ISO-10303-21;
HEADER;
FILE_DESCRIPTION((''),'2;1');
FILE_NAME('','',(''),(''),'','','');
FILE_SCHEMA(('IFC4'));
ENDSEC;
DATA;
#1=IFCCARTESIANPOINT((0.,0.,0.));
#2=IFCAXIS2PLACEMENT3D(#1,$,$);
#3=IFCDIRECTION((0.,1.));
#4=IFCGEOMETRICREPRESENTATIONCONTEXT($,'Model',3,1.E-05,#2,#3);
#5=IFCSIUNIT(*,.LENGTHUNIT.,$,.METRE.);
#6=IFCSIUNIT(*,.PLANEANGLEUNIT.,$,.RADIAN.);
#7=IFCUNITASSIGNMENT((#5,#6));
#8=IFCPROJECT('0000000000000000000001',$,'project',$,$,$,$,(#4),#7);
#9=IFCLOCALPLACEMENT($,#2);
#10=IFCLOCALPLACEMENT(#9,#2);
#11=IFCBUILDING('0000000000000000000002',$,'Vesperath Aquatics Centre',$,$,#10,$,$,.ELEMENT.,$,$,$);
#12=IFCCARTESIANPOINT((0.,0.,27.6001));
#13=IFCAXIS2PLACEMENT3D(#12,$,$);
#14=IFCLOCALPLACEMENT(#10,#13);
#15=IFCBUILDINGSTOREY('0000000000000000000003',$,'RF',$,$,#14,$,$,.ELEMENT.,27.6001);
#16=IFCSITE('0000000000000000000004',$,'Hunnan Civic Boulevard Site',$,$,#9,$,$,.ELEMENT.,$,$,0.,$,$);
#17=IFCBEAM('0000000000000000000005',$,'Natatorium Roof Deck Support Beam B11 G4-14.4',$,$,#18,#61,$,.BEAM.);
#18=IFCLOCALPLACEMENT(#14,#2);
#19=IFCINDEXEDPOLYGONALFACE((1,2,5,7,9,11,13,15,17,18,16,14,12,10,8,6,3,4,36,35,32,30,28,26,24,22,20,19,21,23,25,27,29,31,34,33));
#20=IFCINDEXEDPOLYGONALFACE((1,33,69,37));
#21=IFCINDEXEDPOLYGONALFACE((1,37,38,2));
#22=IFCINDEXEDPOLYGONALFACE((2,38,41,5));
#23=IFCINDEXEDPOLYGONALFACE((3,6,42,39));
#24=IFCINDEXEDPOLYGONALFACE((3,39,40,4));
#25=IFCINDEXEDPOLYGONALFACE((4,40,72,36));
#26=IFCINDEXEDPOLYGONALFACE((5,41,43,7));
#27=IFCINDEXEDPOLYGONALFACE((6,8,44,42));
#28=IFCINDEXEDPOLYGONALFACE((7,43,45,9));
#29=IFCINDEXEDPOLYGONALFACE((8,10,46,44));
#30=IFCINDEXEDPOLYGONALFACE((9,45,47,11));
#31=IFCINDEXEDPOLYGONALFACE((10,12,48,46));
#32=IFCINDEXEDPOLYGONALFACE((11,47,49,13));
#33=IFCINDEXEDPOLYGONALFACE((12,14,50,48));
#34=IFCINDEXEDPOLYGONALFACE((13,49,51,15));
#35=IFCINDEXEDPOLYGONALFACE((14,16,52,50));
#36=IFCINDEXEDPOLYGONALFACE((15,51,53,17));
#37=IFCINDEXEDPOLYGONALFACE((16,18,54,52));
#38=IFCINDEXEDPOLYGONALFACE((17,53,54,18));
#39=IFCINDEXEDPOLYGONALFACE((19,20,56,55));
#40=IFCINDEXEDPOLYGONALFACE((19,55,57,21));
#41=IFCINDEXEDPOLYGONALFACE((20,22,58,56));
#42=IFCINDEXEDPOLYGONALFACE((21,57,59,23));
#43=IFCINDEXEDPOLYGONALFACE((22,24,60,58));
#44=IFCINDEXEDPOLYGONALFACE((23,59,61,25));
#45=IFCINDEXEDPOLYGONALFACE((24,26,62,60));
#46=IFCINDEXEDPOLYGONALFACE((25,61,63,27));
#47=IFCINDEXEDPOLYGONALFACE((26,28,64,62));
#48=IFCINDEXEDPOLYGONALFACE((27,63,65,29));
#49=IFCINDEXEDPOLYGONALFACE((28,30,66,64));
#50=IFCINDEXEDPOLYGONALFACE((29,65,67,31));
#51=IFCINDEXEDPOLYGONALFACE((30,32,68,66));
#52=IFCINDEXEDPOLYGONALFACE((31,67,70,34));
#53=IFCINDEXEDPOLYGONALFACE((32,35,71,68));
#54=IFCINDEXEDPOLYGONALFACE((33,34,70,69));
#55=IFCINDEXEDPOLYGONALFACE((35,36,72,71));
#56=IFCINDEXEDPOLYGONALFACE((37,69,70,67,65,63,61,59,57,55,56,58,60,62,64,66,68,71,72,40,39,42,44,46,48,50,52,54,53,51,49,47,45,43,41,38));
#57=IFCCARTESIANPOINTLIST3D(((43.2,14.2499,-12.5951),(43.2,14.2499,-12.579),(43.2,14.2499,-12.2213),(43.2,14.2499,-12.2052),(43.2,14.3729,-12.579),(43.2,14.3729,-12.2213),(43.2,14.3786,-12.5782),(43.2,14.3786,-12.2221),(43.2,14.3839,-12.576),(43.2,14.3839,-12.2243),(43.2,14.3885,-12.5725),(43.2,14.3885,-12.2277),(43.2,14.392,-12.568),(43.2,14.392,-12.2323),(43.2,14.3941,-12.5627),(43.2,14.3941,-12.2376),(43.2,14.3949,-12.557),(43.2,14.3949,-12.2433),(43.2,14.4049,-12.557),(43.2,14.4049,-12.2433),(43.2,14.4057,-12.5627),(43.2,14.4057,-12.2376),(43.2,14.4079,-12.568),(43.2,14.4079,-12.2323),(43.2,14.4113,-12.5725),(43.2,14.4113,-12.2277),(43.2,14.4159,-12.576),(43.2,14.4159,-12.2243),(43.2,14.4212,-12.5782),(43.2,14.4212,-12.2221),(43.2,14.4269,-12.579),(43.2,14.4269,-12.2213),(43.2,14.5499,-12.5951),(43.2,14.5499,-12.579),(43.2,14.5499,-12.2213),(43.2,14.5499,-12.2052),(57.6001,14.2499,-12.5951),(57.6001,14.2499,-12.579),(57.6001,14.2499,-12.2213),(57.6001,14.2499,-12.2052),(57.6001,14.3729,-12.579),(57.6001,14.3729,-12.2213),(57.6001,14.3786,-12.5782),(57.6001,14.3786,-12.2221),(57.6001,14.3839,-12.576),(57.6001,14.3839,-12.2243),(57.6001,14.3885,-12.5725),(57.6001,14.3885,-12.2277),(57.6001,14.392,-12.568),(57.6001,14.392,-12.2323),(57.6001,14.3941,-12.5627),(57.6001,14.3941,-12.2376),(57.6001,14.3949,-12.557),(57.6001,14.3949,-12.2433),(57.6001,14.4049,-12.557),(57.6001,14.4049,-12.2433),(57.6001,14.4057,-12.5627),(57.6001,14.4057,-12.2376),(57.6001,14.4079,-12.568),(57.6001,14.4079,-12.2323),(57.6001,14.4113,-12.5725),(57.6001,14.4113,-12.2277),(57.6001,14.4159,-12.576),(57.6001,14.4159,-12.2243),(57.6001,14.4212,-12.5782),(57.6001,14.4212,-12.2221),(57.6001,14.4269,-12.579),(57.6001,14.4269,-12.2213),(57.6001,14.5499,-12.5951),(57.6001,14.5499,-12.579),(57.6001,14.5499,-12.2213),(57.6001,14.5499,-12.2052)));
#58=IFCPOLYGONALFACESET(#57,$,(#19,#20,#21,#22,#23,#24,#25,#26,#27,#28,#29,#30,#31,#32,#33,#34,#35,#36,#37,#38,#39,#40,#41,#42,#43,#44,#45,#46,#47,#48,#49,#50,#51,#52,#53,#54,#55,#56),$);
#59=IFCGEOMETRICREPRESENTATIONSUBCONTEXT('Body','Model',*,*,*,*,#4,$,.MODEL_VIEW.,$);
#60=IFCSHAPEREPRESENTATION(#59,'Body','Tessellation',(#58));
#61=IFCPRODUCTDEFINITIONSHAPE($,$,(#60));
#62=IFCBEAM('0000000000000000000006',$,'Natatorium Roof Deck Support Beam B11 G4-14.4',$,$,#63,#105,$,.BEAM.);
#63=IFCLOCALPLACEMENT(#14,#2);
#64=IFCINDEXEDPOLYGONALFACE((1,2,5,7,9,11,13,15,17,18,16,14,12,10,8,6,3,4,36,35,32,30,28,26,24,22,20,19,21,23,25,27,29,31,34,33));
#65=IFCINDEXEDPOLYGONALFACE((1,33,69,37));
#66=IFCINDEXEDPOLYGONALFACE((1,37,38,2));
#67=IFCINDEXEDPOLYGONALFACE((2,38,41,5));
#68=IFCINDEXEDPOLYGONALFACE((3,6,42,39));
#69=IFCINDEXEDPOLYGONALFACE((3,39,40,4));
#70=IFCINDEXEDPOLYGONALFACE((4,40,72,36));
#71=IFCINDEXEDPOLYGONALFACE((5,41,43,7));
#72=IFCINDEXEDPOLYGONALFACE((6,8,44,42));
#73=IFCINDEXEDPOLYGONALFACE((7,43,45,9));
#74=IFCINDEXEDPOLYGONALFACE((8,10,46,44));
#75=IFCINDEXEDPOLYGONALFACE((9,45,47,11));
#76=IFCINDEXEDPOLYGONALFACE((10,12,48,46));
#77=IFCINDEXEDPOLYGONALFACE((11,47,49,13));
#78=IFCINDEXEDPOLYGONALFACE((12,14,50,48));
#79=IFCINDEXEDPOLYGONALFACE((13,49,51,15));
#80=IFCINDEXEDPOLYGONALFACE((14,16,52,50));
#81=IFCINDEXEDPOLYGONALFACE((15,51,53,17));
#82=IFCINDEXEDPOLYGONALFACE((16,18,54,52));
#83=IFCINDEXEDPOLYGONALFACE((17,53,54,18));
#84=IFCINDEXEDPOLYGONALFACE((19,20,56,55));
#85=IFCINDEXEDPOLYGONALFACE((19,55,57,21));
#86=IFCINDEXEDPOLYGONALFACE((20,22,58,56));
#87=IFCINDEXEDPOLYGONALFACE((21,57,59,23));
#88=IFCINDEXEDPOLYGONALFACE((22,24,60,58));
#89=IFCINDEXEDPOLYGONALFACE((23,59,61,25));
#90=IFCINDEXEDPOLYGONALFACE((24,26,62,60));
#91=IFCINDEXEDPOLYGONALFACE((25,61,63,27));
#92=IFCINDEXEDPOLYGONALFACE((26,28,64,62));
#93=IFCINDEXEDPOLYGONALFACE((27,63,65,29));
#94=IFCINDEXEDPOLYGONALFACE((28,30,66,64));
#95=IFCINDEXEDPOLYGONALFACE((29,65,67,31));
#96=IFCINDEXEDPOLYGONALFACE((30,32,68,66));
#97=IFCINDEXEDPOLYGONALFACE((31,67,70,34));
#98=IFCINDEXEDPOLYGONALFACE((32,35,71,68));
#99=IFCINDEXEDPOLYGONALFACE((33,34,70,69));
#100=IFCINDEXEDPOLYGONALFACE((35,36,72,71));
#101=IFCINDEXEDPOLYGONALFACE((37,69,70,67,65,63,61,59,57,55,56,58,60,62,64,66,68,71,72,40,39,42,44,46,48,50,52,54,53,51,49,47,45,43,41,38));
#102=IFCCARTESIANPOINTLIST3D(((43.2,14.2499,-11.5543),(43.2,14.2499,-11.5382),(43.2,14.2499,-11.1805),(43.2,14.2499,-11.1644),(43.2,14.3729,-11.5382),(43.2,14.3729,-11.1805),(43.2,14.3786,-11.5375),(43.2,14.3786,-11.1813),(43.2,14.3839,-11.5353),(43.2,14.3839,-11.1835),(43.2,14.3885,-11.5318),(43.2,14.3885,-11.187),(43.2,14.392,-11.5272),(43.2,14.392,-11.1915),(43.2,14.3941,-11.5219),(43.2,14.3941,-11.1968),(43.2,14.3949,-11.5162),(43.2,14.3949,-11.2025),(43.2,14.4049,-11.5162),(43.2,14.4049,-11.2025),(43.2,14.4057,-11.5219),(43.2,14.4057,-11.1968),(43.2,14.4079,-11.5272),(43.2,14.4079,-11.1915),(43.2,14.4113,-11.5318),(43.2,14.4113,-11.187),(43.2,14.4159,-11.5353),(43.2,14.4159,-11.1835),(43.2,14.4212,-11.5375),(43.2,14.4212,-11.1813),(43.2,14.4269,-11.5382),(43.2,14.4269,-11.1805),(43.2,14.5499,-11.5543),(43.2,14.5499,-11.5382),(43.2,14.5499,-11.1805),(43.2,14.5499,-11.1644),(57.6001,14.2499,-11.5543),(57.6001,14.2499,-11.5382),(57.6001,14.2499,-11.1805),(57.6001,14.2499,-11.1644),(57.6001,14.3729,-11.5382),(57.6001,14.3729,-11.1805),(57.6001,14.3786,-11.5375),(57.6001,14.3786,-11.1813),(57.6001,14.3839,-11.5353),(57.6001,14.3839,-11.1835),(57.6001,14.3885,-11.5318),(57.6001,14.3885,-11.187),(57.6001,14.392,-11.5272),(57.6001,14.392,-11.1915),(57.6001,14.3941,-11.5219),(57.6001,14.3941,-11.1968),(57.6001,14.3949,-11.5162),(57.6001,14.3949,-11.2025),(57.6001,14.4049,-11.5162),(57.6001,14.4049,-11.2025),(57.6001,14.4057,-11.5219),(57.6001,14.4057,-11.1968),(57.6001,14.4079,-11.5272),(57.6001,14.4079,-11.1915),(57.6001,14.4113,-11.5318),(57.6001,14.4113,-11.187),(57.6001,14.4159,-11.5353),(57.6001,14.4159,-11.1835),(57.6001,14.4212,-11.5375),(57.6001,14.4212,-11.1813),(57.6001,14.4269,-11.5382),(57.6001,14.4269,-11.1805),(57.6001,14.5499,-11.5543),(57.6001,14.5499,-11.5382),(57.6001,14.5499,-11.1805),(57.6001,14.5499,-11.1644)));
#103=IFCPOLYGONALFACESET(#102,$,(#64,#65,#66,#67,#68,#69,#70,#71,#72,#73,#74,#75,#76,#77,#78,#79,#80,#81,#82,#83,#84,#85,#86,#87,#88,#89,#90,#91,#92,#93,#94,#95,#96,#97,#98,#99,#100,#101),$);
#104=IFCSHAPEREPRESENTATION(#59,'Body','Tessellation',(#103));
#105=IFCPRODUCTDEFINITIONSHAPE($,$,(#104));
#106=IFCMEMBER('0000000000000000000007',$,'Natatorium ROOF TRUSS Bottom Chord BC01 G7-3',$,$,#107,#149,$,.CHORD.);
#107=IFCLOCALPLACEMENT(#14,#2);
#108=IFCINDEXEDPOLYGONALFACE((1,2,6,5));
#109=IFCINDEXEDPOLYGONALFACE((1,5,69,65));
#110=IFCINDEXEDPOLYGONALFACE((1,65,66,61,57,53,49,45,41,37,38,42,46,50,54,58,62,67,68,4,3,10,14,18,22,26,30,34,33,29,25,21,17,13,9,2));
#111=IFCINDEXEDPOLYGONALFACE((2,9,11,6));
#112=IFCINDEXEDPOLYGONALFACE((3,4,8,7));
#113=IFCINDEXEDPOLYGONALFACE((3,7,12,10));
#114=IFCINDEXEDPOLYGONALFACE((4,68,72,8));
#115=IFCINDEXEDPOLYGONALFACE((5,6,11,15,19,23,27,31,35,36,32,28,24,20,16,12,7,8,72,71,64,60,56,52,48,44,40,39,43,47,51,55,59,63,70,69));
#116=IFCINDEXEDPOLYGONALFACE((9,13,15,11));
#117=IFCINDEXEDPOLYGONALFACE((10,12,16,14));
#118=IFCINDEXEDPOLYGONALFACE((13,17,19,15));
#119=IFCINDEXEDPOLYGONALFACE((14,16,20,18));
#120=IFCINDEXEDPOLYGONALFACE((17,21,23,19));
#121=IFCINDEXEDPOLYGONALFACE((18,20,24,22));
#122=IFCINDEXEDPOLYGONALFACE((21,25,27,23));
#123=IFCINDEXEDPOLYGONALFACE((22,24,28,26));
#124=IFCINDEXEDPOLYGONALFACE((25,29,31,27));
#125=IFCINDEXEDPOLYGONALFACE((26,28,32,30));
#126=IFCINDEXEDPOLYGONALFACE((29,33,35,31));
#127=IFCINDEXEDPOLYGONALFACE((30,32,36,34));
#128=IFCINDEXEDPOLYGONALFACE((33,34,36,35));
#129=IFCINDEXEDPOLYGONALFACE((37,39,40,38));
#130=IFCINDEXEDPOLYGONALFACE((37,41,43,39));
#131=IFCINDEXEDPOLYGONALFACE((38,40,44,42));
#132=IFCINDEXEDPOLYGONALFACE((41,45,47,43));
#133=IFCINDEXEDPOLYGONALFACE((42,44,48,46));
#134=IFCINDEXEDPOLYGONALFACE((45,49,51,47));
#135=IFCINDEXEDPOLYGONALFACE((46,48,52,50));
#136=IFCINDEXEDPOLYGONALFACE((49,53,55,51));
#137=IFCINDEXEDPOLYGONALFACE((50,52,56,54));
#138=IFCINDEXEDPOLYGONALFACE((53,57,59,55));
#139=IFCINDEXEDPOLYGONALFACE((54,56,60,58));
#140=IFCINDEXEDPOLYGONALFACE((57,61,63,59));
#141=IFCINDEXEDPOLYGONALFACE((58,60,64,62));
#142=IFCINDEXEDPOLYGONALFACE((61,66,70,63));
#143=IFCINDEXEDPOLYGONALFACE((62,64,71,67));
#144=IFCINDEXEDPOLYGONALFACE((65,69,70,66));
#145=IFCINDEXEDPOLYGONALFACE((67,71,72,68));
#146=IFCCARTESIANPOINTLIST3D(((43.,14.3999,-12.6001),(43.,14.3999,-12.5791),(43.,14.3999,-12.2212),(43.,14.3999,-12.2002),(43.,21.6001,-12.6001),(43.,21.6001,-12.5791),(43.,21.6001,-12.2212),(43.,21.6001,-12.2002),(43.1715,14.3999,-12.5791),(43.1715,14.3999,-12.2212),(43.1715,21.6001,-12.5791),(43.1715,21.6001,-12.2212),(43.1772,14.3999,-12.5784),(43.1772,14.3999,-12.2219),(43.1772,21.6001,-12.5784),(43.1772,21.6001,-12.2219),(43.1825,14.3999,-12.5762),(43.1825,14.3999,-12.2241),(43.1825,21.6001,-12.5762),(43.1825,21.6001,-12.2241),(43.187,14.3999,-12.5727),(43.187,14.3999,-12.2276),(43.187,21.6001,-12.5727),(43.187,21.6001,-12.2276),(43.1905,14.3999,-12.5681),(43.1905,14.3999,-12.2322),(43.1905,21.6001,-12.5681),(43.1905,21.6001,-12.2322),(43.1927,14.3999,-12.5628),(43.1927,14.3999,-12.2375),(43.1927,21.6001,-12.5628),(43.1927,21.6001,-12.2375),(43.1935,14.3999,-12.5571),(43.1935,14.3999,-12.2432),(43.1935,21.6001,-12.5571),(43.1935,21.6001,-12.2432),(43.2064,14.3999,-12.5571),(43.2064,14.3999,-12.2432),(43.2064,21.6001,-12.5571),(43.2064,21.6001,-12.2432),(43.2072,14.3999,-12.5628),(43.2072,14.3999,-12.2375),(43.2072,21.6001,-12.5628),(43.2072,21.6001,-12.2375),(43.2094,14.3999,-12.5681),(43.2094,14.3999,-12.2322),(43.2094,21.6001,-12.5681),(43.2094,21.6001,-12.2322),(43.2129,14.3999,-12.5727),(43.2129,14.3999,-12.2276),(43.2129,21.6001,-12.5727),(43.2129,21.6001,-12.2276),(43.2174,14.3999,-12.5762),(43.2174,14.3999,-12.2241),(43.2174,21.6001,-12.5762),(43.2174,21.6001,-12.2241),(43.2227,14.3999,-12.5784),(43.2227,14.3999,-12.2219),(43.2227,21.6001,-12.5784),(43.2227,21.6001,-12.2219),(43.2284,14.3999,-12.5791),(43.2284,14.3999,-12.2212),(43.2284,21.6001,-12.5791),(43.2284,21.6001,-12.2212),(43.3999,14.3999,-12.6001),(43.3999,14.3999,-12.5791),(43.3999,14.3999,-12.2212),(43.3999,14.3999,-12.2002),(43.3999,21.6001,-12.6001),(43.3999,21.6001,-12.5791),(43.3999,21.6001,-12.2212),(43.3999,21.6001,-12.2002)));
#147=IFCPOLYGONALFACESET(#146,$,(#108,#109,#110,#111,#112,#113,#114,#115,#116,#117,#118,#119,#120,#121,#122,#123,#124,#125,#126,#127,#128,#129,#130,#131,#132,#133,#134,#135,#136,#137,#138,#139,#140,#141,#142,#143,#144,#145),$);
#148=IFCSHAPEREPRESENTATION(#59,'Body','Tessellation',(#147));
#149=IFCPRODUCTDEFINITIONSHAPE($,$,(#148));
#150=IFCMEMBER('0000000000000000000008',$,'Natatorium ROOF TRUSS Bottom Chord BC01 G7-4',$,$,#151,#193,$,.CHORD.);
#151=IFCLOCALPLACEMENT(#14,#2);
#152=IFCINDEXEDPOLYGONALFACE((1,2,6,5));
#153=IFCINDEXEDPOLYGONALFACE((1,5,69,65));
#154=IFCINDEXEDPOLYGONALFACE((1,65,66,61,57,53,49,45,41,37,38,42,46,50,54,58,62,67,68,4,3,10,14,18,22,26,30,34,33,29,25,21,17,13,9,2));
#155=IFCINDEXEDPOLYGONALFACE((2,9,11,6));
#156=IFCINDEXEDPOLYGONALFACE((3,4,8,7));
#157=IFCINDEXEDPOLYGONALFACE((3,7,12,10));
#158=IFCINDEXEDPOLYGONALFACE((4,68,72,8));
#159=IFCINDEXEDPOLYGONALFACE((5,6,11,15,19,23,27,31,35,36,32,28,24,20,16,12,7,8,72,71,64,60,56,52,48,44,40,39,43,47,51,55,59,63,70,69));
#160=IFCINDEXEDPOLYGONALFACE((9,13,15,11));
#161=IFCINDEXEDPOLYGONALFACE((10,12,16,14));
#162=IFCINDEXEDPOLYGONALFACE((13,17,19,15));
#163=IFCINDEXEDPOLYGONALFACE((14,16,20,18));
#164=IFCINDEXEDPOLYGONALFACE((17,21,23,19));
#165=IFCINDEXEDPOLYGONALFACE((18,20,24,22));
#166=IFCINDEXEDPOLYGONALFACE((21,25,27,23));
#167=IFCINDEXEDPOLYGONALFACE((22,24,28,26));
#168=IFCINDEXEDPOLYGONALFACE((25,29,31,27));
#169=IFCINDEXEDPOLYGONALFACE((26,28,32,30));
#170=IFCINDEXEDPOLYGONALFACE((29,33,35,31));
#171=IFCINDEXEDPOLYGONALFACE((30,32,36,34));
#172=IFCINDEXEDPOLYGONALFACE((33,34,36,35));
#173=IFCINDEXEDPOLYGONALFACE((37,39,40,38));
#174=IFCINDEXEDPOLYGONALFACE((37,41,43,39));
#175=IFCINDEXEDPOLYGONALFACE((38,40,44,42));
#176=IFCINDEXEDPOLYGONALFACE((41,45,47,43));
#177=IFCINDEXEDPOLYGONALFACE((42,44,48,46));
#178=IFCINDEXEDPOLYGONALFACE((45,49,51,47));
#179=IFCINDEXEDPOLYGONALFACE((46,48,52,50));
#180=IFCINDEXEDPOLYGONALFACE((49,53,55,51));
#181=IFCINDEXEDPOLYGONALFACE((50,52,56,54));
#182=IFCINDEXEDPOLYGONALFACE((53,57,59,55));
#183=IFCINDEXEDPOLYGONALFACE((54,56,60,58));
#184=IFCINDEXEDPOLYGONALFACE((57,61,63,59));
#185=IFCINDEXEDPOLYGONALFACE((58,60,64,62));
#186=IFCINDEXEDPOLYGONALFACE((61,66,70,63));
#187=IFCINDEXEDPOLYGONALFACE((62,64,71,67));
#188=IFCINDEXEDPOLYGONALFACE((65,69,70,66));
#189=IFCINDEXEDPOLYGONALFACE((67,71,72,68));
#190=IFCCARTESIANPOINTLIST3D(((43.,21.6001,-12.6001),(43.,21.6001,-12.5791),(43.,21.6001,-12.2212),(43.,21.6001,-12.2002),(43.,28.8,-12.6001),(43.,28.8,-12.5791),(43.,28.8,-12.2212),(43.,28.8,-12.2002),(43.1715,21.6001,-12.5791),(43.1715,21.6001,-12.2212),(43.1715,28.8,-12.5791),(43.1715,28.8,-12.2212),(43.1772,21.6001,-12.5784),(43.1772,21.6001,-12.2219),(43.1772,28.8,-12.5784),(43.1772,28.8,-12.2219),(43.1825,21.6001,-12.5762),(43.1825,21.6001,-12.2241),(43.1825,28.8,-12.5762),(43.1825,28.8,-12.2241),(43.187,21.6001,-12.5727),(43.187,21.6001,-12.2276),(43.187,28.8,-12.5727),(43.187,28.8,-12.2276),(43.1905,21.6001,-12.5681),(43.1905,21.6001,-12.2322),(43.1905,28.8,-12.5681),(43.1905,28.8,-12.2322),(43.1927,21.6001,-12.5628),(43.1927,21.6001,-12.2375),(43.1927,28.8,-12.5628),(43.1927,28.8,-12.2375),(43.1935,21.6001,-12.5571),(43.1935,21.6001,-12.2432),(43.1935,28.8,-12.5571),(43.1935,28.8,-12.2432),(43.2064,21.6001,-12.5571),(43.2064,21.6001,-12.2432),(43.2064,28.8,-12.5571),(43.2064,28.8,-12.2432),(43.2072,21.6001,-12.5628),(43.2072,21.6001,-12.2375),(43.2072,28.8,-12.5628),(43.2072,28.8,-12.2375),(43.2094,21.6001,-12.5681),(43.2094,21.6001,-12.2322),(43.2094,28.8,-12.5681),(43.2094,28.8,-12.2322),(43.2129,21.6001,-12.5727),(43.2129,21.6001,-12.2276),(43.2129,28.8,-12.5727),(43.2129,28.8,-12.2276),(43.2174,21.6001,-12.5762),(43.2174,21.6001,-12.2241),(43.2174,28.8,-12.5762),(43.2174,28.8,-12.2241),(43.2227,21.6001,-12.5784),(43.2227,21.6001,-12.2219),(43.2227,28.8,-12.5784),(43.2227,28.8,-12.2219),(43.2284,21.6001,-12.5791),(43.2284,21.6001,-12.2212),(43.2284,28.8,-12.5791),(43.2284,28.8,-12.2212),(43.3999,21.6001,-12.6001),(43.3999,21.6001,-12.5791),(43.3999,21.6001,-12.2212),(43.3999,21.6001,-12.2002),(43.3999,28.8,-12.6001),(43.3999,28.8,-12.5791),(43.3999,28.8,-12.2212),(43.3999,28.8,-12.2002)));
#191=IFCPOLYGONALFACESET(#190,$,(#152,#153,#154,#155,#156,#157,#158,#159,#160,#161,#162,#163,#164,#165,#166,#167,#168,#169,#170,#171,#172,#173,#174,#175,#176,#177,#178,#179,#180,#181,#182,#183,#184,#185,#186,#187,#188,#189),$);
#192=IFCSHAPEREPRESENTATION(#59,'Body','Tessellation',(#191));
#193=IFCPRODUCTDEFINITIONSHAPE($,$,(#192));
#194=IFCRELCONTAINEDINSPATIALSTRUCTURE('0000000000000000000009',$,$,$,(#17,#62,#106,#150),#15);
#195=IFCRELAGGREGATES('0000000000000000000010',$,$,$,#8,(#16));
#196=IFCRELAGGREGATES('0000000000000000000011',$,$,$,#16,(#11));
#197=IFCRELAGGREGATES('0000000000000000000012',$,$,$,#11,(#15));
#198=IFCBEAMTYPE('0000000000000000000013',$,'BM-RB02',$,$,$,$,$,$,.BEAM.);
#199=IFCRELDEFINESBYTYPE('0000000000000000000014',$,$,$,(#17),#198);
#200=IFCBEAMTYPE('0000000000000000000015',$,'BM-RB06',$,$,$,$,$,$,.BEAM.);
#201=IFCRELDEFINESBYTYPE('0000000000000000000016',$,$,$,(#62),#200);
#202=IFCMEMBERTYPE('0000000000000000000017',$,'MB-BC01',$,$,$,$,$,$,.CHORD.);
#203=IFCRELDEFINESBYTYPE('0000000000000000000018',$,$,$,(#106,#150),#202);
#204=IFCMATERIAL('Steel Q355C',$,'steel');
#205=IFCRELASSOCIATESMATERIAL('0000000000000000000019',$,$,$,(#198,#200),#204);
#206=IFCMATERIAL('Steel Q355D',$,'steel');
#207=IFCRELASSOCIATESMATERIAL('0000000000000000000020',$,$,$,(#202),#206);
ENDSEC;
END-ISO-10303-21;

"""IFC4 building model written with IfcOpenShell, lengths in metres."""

from ifc_helpers import new_model, si_unit, direction, frame, origin, origin_2d, place, context, subcontext, project, spatial, i_section, extrude, material, material_profile, profile_set, type_object, element, save


model = new_model("IFC4")

# Units and contexts
model_context = context("Model", 3, precision=1e-05, world=origin(), true_north=direction((0.0, 1.0)))
body_context = subcontext(model_context, "Body", "Model", "MODEL_VIEW")
ifc_project = project(units=[si_unit("LENGTHUNIT", "METRE"), si_unit("PLANEANGLEUNIT", "RADIAN")], contexts=[model_context])

# Site, building, storey
site_placement = place(None, origin())
site = spatial("IfcSite", under=ifc_project, at=site_placement, Name="Hunnan Civic Boulevard Site", CompositionType="ELEMENT", RefElevation=0.0)
building_placement = place(site_placement, origin())
building = spatial("IfcBuilding", under=site, at=building_placement, Name="Vesperath Aquatics Centre", CompositionType="ELEMENT")
storey_placement = place(building_placement, frame((0.0, 0.0, 27.6001)))
storey = spatial("IfcBuildingStorey", under=building, at=storey_placement, Name="RF", CompositionType="ELEMENT", Elevation=27.6001)

# Beams
ifc_material_1 = material(Name="Steel Q355C", Category="steel")
ifc_material_profile_1 = material_profile(ifc_material_1, i_section(OverallWidth=0.3, OverallDepth=0.3899, WebThickness=0.01, FlangeThickness=0.0161, FilletRadius=0.022, at=origin_2d()), Name="HM 390x300x10x16")
ifc_profile_set_1 = profile_set([ifc_material_profile_1], Name="Steel Q355C")
beam_type_1 = type_object("IfcBeamType", Name="BM-RB02", PredefinedType="BEAM", material=ifc_profile_set_1)
beam_1_placement = place(storey_placement, frame((43.2, 14.3999, -12.4001), z_axis=(1.0, 0.0, 0.0), x_axis=(0.0, 1.0, 0.0)))
element("IfcBeam", 1, at=beam_1_placement, inside=storey, type_object=beam_type_1, Name="Natatorium Roof Deck Support Beam B11 G4-14.4", PredefinedType="BEAM", context=body_context, shape_type="SweptSolid", body=[
    extrude(i_section(OverallWidth=0.3, OverallDepth=0.3899, WebThickness=0.01, FlangeThickness=0.0161, FilletRadius=0.022, at=origin_2d()), origin(), (0.0, 0.0, 1.0), 14.4001),
])
ifc_material_profile_2 = material_profile(ifc_material_1, i_section(OverallWidth=0.3, OverallDepth=0.3899, WebThickness=0.01, FlangeThickness=0.0161, FilletRadius=0.022, at=origin_2d()), Name="HM 390x300x10x16")
ifc_profile_set_2 = profile_set([ifc_material_profile_2], Name="Steel Q355C")
beam_type_2 = type_object("IfcBeamType", Name="BM-RB06", PredefinedType="BEAM", material=ifc_profile_set_2)
beam_2_placement = place(storey_placement, frame((43.2, 14.3999, -11.3594), z_axis=(1.0, 0.0, 0.0), x_axis=(0.0, 1.0, 0.0)))
element("IfcBeam", 2, at=beam_2_placement, inside=storey, type_object=beam_type_2, Name="Natatorium Roof Deck Support Beam B11 G4-14.4", PredefinedType="BEAM", context=body_context, shape_type="SweptSolid", body=[
    extrude(i_section(OverallWidth=0.3, OverallDepth=0.3899, WebThickness=0.01, FlangeThickness=0.0161, FilletRadius=0.022, at=origin_2d()), origin(), (0.0, 0.0, 1.0), 14.4001),
])

# Members
ifc_material_2 = material(Name="Steel Q355D", Category="steel")
ifc_material_profile_3 = material_profile(ifc_material_2, i_section(OverallWidth=0.3999, OverallDepth=0.3999, WebThickness=0.0129, FlangeThickness=0.021, FilletRadius=0.022, at=origin_2d()), Name="HW 400x400x13x21")
ifc_profile_set_3 = profile_set([ifc_material_profile_3], Name="Steel Q355D")
member_type_1 = type_object("IfcMemberType", Name="MB-BC01", PredefinedType="CHORD", material=ifc_profile_set_3)
member_1_placement = place(storey_placement, frame((43.2, 14.3999, -12.4001), z_axis=(0.0, 1.0, 0.0), x_axis=(-1.0, 0.0, 0.0)))
element("IfcMember", 3, at=member_1_placement, inside=storey, type_object=member_type_1, Name="Natatorium ROOF TRUSS Bottom Chord BC01 G7-3", PredefinedType="CHORD", context=body_context, shape_type="SweptSolid", body=[
    extrude(i_section(OverallWidth=0.3999, OverallDepth=0.3999, WebThickness=0.0129, FlangeThickness=0.021, FilletRadius=0.022, at=origin_2d()), origin(), (0.0, 0.0, 1.0), 7.2002),
])
member_2_placement = place(storey_placement, frame((43.2, 21.6001, -12.4001), z_axis=(0.0, 1.0, 0.0), x_axis=(-1.0, 0.0, 0.0)))
element("IfcMember", 4, at=member_2_placement, inside=storey, type_object=member_type_1, Name="Natatorium ROOF TRUSS Bottom Chord BC01 G7-4", PredefinedType="CHORD", context=body_context, shape_type="SweptSolid", body=[
    extrude(i_section(OverallWidth=0.3999, OverallDepth=0.3999, WebThickness=0.0129, FlangeThickness=0.021, FilletRadius=0.022, at=origin_2d()), origin(), (0.0, 0.0, 1.0), 7.2),
])

save(model, "model.ifc")
